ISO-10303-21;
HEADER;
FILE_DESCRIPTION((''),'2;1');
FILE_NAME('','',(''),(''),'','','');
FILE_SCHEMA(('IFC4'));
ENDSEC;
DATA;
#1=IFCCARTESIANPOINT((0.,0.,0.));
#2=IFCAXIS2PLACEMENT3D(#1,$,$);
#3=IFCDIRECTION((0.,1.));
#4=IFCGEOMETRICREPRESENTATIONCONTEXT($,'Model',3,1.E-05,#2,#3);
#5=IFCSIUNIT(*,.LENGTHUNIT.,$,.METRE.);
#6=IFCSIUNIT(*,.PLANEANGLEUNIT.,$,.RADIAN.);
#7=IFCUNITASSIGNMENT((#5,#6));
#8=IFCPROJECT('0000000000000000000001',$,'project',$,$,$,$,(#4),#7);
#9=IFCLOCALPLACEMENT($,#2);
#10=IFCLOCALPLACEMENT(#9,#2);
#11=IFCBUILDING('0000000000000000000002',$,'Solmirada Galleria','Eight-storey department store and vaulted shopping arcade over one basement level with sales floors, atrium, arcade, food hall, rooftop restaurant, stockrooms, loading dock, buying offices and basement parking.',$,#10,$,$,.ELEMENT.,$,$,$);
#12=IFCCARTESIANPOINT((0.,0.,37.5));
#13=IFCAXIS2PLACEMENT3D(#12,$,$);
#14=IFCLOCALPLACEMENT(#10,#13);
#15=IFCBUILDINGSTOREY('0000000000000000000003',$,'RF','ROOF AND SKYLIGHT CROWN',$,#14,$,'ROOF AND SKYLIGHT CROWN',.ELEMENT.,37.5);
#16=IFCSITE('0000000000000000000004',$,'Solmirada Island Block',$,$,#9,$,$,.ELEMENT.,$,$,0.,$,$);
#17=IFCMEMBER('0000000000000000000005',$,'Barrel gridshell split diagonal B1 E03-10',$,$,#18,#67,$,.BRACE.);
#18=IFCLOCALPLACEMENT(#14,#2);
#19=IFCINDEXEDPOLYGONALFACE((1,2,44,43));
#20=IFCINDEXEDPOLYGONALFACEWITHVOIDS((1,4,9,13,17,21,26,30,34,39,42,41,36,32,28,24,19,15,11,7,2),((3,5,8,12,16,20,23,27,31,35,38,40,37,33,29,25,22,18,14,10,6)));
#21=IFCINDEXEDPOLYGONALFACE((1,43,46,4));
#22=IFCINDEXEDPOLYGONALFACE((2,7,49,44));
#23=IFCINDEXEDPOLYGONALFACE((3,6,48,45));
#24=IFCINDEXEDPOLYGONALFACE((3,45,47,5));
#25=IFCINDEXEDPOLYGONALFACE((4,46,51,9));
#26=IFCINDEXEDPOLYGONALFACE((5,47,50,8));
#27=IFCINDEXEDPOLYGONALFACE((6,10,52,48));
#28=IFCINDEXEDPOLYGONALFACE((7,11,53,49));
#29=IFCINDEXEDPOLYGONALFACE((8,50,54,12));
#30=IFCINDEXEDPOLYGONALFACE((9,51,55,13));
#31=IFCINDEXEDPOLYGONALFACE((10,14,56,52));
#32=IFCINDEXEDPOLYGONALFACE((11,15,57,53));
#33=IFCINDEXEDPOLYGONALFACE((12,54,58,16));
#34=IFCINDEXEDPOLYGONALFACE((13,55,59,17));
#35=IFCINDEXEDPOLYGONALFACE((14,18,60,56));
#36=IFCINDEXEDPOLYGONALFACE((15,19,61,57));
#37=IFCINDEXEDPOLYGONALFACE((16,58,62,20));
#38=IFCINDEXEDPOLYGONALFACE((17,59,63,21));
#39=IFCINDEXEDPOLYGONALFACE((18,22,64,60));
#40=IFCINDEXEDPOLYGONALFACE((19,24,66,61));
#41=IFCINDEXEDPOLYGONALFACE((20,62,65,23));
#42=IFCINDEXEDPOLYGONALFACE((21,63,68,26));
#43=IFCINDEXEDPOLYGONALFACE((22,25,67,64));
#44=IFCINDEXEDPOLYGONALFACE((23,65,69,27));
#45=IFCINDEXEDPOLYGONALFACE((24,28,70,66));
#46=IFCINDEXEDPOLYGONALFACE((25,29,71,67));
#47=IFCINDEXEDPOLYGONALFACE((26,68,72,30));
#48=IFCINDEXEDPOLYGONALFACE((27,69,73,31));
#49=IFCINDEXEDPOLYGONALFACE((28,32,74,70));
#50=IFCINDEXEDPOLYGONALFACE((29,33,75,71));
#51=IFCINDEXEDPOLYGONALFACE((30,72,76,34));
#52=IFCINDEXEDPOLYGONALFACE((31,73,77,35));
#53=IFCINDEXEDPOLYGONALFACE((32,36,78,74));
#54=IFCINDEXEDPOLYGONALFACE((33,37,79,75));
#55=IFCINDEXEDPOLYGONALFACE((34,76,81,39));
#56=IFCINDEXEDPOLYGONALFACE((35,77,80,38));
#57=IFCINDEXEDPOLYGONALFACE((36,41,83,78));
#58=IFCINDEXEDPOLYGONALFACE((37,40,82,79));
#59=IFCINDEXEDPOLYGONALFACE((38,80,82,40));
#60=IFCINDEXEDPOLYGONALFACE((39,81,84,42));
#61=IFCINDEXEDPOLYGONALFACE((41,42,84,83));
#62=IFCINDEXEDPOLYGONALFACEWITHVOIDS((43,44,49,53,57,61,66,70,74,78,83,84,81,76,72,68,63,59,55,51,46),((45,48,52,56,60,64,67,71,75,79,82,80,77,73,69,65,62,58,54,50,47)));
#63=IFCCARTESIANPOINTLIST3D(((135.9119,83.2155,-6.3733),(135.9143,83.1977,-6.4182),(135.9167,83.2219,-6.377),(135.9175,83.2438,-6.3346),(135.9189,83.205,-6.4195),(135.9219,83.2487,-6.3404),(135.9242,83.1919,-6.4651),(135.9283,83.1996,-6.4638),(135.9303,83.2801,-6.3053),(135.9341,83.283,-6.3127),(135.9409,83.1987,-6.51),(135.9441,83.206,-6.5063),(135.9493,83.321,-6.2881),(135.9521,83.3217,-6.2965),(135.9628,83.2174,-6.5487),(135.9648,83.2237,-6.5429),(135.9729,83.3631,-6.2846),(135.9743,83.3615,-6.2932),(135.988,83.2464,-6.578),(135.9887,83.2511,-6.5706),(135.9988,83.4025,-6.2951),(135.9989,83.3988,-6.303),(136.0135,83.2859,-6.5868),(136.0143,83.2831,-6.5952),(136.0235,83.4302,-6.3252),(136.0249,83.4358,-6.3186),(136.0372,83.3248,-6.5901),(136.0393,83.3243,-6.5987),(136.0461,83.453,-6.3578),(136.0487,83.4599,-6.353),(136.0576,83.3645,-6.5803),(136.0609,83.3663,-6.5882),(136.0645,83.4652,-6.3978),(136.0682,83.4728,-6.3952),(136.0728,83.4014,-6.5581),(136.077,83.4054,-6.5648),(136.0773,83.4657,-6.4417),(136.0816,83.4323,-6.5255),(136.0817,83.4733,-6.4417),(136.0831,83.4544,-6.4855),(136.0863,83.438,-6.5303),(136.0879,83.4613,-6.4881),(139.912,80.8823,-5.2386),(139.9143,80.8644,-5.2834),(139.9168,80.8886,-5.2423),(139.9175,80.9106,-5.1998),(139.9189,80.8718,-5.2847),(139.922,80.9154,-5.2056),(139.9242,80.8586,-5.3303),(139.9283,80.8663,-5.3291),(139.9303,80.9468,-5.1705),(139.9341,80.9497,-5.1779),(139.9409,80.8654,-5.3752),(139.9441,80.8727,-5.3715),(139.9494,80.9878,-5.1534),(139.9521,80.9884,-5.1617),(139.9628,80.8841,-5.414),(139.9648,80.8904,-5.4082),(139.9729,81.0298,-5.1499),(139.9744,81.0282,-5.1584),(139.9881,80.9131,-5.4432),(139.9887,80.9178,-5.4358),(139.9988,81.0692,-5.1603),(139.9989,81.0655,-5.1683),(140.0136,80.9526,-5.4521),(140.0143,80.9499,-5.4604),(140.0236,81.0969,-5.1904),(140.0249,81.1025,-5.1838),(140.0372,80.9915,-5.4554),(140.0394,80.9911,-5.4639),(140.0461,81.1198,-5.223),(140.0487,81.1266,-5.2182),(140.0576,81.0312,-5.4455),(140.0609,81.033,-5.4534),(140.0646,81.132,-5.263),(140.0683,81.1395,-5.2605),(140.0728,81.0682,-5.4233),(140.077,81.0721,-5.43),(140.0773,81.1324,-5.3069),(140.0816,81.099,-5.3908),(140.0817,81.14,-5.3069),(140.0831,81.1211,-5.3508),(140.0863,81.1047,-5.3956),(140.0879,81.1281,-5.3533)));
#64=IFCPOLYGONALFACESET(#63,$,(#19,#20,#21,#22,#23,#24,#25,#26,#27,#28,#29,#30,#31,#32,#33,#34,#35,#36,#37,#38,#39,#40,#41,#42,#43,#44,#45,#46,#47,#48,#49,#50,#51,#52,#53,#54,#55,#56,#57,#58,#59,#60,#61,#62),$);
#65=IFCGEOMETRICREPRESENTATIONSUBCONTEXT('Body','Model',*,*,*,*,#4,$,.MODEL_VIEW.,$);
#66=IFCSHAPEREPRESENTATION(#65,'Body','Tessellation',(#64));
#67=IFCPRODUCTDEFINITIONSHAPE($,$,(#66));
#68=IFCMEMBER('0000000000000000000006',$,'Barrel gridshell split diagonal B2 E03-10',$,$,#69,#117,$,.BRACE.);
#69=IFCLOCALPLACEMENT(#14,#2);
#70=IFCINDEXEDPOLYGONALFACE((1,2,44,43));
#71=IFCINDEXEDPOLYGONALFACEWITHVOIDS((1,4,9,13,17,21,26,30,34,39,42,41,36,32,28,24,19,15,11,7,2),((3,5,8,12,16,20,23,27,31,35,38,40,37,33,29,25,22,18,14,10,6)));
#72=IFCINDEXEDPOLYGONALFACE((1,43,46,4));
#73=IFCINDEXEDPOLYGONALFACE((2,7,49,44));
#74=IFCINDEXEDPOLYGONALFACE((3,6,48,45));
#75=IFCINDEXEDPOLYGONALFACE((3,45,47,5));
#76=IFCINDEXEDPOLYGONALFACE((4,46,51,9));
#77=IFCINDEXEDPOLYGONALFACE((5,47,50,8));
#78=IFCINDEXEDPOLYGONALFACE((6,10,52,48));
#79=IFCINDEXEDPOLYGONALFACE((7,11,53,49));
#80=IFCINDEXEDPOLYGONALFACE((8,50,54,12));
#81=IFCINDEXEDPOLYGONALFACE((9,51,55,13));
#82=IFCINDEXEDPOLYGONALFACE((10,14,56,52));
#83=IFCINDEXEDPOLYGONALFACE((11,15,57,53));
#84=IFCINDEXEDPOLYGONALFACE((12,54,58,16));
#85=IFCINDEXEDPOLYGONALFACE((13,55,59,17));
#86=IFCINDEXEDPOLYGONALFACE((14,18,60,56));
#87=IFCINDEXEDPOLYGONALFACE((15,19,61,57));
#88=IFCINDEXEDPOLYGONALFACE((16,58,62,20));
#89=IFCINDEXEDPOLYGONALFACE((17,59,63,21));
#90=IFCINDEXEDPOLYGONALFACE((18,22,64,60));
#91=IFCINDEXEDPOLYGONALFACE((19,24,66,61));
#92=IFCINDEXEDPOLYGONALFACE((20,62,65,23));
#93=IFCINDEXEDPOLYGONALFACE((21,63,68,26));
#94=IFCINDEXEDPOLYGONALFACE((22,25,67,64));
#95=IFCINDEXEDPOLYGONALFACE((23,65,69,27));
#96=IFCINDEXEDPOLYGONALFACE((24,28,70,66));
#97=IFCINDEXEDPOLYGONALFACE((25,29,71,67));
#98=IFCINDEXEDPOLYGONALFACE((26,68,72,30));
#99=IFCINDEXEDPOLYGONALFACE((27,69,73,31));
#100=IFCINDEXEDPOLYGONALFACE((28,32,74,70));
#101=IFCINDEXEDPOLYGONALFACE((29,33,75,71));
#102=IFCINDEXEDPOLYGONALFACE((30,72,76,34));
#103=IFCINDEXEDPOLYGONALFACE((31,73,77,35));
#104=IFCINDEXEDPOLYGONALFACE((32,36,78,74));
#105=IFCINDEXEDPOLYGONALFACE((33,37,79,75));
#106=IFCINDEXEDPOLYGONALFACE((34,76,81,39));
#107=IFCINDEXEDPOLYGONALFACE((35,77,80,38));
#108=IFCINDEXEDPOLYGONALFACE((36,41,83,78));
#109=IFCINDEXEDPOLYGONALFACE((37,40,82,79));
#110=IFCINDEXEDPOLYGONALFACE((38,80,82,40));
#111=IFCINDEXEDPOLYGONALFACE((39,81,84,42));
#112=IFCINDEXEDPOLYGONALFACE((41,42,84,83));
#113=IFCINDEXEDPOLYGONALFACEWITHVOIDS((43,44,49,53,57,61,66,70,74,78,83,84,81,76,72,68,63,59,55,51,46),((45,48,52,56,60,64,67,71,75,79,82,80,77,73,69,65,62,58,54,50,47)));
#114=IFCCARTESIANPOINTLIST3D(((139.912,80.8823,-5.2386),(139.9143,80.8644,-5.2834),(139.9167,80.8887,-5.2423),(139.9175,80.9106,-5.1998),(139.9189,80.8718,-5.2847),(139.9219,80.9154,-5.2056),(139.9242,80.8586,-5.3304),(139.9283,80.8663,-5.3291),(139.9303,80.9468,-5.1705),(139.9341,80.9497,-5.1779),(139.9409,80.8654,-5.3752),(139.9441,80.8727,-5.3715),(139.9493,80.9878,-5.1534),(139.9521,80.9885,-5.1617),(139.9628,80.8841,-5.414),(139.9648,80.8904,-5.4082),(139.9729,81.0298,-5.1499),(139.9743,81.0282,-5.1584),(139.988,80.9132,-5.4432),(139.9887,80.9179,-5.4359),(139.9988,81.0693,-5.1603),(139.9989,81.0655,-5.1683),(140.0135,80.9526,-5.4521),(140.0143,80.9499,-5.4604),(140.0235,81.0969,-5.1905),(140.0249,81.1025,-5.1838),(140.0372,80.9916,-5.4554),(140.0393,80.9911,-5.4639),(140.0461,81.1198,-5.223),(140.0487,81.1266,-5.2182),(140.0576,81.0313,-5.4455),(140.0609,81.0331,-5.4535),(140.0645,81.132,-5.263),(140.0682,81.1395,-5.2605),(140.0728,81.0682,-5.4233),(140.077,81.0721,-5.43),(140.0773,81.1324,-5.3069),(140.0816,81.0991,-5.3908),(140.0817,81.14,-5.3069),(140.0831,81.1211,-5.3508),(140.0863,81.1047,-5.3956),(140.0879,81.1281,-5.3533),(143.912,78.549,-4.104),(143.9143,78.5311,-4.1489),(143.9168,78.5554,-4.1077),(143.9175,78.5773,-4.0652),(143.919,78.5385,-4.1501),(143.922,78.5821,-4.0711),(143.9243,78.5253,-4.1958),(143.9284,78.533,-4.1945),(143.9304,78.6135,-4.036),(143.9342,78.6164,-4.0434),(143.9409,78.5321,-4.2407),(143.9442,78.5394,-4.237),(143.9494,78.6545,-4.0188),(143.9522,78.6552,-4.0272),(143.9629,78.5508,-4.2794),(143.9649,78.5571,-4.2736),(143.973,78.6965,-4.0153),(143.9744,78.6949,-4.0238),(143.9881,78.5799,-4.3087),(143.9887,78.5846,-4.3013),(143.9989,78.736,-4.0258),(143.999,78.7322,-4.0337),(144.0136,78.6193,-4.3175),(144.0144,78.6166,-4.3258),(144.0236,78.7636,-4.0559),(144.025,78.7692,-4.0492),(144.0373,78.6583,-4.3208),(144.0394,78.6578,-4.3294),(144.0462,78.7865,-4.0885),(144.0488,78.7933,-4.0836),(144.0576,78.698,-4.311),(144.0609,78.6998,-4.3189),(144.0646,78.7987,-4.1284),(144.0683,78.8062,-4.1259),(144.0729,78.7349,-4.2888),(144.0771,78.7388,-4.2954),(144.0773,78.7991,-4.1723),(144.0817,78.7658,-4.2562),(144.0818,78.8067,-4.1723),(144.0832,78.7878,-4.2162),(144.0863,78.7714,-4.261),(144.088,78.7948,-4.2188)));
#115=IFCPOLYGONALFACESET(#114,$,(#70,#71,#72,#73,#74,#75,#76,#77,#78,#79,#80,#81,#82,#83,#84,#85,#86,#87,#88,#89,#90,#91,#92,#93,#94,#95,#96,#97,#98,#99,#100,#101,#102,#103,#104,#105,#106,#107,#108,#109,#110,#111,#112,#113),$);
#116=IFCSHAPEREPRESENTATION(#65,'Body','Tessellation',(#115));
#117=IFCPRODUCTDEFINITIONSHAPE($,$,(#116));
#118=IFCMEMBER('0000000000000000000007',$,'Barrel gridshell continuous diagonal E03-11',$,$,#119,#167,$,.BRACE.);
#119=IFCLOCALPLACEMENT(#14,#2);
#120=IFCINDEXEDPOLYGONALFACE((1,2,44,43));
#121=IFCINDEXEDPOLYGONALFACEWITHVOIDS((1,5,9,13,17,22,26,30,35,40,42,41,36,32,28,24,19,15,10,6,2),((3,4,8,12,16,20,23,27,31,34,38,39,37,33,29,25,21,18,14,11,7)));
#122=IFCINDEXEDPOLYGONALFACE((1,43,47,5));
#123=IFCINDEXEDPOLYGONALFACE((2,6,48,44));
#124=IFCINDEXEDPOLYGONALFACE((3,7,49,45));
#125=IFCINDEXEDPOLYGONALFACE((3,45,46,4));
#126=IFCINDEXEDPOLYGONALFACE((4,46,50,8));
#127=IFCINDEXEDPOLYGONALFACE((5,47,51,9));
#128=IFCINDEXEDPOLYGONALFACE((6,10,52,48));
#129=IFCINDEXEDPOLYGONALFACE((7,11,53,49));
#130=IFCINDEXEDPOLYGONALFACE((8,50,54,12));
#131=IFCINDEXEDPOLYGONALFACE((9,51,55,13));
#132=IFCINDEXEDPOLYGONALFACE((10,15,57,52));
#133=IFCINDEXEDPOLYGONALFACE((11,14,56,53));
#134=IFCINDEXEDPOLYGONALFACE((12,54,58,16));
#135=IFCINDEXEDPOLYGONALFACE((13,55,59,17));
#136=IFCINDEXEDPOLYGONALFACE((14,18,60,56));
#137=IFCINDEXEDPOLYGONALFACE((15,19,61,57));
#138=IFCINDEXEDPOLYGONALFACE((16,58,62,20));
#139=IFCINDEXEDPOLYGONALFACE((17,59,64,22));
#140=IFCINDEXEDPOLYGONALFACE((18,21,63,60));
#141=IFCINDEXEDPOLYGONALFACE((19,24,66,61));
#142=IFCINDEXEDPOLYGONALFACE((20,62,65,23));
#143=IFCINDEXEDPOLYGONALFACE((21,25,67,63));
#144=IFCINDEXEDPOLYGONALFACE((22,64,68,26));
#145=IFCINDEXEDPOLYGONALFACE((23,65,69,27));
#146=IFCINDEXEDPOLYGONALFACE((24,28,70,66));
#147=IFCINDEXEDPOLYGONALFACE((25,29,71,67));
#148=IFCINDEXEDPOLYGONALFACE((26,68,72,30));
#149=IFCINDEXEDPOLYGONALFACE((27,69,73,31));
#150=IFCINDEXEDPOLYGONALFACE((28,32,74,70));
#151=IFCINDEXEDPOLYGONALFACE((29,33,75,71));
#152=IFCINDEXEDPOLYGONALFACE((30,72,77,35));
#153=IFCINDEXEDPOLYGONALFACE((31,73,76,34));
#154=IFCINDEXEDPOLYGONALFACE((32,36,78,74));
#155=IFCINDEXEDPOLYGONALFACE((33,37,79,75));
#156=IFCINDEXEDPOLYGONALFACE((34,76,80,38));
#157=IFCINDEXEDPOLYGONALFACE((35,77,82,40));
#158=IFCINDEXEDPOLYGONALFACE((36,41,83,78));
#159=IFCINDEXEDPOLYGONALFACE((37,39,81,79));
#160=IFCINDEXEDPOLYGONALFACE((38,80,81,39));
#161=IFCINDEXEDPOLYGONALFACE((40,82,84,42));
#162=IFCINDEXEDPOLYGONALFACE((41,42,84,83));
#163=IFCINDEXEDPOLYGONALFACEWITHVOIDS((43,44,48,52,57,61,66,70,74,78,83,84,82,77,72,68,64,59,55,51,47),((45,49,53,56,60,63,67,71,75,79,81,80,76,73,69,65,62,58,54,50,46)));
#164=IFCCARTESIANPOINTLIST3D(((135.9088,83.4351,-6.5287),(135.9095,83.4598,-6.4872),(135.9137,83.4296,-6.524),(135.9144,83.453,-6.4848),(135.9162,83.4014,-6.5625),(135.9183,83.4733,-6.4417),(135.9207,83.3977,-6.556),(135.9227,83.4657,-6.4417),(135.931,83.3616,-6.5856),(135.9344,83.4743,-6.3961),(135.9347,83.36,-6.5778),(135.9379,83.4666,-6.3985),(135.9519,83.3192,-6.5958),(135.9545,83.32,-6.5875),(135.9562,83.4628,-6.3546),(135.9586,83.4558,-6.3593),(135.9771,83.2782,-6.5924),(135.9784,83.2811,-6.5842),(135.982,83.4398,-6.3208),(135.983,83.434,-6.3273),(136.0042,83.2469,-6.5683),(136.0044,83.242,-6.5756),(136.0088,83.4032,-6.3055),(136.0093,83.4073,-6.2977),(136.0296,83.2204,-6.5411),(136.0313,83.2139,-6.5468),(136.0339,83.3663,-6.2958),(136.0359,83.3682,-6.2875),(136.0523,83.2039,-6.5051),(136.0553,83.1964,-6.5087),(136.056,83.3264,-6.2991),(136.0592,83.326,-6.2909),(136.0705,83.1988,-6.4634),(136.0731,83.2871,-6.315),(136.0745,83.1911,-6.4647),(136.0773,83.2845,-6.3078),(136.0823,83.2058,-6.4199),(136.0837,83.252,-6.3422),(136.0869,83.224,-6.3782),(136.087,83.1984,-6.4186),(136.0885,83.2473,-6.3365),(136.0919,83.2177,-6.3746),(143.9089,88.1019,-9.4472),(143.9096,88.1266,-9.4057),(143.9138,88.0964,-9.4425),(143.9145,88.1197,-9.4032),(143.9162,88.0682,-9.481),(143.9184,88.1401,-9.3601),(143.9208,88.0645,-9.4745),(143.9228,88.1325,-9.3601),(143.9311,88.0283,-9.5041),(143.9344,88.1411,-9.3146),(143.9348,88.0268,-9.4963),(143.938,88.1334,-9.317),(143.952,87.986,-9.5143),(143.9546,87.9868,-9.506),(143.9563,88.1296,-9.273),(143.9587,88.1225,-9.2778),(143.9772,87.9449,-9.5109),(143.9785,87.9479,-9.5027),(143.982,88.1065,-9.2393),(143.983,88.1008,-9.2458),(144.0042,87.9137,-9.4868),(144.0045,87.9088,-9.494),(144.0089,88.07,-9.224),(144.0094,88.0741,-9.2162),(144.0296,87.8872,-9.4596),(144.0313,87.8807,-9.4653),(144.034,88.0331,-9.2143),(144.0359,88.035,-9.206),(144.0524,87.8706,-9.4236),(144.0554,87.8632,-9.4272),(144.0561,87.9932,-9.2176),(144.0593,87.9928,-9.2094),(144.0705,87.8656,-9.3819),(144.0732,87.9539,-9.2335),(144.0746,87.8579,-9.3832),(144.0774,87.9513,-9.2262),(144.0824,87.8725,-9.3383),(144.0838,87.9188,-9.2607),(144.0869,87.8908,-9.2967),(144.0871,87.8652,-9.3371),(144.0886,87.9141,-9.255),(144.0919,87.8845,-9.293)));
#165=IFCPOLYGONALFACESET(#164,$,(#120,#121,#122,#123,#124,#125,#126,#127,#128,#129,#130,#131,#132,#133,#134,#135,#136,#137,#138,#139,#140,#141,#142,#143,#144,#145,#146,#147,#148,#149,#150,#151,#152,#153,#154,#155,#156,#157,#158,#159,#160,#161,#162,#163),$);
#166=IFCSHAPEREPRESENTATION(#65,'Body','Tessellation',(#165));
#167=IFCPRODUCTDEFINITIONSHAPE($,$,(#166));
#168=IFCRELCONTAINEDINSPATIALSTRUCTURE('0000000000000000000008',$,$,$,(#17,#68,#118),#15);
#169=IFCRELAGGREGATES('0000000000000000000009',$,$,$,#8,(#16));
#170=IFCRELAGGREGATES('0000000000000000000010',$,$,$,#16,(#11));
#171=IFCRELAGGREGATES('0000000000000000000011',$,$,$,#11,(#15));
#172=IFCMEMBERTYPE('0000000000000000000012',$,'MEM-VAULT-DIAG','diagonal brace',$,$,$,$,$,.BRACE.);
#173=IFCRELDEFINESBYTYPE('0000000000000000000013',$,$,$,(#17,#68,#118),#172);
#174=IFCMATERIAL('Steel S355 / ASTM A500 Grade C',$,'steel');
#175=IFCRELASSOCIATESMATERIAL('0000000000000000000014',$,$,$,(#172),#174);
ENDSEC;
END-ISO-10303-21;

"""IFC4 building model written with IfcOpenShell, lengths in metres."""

from ifc_helpers import new_model, si_unit, direction, frame, origin, origin_2d, place, context, subcontext, project, spatial, hollow_circle, extrude, material, material_profile, profile_set, type_object, element, save


model = new_model("IFC4")

# Units and contexts
model_context = context("Model", 3, precision=1e-05, world=origin(), true_north=direction((0.0, 1.0)))
body_context = subcontext(model_context, "Body", "Model", "MODEL_VIEW")
ifc_project = project(units=[si_unit("LENGTHUNIT", "METRE"), si_unit("PLANEANGLEUNIT", "RADIAN")], contexts=[model_context])

# Site, building, storey
site_placement = place(None, origin())
site = spatial("IfcSite", under=ifc_project, at=site_placement, Name="Solmirada Island Block", CompositionType="ELEMENT", RefElevation=0.0)
building_placement = place(site_placement, origin())
building = spatial("IfcBuilding", under=site, at=building_placement, Name="Solmirada Galleria", Description="Eight-storey department store and vaulted shopping arcade over one basement level with sales floors, atrium, arcade, food hall, rooftop restaurant, stockrooms, loading dock, buying offices and basement parking.", CompositionType="ELEMENT")
storey_placement = place(building_placement, frame((0.0, 0.0, 37.5)))
storey = spatial("IfcBuildingStorey", under=building, at=storey_placement, Name="RF", Description="ROOF AND SKYLIGHT CROWN", LongName="ROOF AND SKYLIGHT CROWN", CompositionType="ELEMENT", Elevation=37.5)

# Members
ifc_material_1 = material(Name="Steel S355 / ASTM A500 Grade C", Category="steel")
ifc_material_profile_1 = material_profile(ifc_material_1, hollow_circle(Radius=0.1621, WallThickness=0.0088, at=origin_2d()), Name="HSS12.750X0.375")
ifc_profile_set_1 = profile_set([ifc_material_profile_1], Name="Steel S355 / ASTM A500 Grade C")
member_type_1 = type_object("IfcMemberType", Name="MEM-VAULT-DIAG", Description="diagonal brace", PredefinedType="BRACE", material=ifc_profile_set_1)
for number, where, z_axis, x_axis, name in (
    (1, (136.0, 83.3333, -6.4417), (0.838964, -0.489379, 0.238007), (0.503858, 0.863787, 0.0), "Barrel gridshell split diagonal B1 E03-10"),
    (2, (140.0, 81.0, -5.3069), (0.838975, -0.489385, 0.237959), (0.503858, 0.863787, 0.0), "Barrel gridshell split diagonal B2 E03-10"),
):
    element("IfcMember", number, at=place(storey_placement, frame(where, z_axis=z_axis, x_axis=x_axis)), inside=storey, type_object=member_type_1, Name=name, PredefinedType="BRACE", context=body_context, shape_type="SweptSolid", body=[
        extrude(hollow_circle(Radius=0.1621, WallThickness=0.0088, at=origin_2d()), origin(), (0.0, 0.0, 1.0), 4.7678),
    ])
member_1_placement = place(storey_placement, frame((136.0, 83.3333, -6.4417), z_axis=(0.823841, 0.480582, -0.300543), x_axis=(-0.503878, 0.863775, 0.0)))
element("IfcMember", 3, at=member_1_placement, inside=storey, type_object=member_type_1, Name="Barrel gridshell continuous diagonal E03-11", PredefinedType="BRACE", context=body_context, shape_type="SweptSolid", body=[
    extrude(hollow_circle(Radius=0.1621, WallThickness=0.0088, at=origin_2d()), origin(), (0.0, 0.0, 1.0), 9.7107),
])

save(model, "model.ifc")
